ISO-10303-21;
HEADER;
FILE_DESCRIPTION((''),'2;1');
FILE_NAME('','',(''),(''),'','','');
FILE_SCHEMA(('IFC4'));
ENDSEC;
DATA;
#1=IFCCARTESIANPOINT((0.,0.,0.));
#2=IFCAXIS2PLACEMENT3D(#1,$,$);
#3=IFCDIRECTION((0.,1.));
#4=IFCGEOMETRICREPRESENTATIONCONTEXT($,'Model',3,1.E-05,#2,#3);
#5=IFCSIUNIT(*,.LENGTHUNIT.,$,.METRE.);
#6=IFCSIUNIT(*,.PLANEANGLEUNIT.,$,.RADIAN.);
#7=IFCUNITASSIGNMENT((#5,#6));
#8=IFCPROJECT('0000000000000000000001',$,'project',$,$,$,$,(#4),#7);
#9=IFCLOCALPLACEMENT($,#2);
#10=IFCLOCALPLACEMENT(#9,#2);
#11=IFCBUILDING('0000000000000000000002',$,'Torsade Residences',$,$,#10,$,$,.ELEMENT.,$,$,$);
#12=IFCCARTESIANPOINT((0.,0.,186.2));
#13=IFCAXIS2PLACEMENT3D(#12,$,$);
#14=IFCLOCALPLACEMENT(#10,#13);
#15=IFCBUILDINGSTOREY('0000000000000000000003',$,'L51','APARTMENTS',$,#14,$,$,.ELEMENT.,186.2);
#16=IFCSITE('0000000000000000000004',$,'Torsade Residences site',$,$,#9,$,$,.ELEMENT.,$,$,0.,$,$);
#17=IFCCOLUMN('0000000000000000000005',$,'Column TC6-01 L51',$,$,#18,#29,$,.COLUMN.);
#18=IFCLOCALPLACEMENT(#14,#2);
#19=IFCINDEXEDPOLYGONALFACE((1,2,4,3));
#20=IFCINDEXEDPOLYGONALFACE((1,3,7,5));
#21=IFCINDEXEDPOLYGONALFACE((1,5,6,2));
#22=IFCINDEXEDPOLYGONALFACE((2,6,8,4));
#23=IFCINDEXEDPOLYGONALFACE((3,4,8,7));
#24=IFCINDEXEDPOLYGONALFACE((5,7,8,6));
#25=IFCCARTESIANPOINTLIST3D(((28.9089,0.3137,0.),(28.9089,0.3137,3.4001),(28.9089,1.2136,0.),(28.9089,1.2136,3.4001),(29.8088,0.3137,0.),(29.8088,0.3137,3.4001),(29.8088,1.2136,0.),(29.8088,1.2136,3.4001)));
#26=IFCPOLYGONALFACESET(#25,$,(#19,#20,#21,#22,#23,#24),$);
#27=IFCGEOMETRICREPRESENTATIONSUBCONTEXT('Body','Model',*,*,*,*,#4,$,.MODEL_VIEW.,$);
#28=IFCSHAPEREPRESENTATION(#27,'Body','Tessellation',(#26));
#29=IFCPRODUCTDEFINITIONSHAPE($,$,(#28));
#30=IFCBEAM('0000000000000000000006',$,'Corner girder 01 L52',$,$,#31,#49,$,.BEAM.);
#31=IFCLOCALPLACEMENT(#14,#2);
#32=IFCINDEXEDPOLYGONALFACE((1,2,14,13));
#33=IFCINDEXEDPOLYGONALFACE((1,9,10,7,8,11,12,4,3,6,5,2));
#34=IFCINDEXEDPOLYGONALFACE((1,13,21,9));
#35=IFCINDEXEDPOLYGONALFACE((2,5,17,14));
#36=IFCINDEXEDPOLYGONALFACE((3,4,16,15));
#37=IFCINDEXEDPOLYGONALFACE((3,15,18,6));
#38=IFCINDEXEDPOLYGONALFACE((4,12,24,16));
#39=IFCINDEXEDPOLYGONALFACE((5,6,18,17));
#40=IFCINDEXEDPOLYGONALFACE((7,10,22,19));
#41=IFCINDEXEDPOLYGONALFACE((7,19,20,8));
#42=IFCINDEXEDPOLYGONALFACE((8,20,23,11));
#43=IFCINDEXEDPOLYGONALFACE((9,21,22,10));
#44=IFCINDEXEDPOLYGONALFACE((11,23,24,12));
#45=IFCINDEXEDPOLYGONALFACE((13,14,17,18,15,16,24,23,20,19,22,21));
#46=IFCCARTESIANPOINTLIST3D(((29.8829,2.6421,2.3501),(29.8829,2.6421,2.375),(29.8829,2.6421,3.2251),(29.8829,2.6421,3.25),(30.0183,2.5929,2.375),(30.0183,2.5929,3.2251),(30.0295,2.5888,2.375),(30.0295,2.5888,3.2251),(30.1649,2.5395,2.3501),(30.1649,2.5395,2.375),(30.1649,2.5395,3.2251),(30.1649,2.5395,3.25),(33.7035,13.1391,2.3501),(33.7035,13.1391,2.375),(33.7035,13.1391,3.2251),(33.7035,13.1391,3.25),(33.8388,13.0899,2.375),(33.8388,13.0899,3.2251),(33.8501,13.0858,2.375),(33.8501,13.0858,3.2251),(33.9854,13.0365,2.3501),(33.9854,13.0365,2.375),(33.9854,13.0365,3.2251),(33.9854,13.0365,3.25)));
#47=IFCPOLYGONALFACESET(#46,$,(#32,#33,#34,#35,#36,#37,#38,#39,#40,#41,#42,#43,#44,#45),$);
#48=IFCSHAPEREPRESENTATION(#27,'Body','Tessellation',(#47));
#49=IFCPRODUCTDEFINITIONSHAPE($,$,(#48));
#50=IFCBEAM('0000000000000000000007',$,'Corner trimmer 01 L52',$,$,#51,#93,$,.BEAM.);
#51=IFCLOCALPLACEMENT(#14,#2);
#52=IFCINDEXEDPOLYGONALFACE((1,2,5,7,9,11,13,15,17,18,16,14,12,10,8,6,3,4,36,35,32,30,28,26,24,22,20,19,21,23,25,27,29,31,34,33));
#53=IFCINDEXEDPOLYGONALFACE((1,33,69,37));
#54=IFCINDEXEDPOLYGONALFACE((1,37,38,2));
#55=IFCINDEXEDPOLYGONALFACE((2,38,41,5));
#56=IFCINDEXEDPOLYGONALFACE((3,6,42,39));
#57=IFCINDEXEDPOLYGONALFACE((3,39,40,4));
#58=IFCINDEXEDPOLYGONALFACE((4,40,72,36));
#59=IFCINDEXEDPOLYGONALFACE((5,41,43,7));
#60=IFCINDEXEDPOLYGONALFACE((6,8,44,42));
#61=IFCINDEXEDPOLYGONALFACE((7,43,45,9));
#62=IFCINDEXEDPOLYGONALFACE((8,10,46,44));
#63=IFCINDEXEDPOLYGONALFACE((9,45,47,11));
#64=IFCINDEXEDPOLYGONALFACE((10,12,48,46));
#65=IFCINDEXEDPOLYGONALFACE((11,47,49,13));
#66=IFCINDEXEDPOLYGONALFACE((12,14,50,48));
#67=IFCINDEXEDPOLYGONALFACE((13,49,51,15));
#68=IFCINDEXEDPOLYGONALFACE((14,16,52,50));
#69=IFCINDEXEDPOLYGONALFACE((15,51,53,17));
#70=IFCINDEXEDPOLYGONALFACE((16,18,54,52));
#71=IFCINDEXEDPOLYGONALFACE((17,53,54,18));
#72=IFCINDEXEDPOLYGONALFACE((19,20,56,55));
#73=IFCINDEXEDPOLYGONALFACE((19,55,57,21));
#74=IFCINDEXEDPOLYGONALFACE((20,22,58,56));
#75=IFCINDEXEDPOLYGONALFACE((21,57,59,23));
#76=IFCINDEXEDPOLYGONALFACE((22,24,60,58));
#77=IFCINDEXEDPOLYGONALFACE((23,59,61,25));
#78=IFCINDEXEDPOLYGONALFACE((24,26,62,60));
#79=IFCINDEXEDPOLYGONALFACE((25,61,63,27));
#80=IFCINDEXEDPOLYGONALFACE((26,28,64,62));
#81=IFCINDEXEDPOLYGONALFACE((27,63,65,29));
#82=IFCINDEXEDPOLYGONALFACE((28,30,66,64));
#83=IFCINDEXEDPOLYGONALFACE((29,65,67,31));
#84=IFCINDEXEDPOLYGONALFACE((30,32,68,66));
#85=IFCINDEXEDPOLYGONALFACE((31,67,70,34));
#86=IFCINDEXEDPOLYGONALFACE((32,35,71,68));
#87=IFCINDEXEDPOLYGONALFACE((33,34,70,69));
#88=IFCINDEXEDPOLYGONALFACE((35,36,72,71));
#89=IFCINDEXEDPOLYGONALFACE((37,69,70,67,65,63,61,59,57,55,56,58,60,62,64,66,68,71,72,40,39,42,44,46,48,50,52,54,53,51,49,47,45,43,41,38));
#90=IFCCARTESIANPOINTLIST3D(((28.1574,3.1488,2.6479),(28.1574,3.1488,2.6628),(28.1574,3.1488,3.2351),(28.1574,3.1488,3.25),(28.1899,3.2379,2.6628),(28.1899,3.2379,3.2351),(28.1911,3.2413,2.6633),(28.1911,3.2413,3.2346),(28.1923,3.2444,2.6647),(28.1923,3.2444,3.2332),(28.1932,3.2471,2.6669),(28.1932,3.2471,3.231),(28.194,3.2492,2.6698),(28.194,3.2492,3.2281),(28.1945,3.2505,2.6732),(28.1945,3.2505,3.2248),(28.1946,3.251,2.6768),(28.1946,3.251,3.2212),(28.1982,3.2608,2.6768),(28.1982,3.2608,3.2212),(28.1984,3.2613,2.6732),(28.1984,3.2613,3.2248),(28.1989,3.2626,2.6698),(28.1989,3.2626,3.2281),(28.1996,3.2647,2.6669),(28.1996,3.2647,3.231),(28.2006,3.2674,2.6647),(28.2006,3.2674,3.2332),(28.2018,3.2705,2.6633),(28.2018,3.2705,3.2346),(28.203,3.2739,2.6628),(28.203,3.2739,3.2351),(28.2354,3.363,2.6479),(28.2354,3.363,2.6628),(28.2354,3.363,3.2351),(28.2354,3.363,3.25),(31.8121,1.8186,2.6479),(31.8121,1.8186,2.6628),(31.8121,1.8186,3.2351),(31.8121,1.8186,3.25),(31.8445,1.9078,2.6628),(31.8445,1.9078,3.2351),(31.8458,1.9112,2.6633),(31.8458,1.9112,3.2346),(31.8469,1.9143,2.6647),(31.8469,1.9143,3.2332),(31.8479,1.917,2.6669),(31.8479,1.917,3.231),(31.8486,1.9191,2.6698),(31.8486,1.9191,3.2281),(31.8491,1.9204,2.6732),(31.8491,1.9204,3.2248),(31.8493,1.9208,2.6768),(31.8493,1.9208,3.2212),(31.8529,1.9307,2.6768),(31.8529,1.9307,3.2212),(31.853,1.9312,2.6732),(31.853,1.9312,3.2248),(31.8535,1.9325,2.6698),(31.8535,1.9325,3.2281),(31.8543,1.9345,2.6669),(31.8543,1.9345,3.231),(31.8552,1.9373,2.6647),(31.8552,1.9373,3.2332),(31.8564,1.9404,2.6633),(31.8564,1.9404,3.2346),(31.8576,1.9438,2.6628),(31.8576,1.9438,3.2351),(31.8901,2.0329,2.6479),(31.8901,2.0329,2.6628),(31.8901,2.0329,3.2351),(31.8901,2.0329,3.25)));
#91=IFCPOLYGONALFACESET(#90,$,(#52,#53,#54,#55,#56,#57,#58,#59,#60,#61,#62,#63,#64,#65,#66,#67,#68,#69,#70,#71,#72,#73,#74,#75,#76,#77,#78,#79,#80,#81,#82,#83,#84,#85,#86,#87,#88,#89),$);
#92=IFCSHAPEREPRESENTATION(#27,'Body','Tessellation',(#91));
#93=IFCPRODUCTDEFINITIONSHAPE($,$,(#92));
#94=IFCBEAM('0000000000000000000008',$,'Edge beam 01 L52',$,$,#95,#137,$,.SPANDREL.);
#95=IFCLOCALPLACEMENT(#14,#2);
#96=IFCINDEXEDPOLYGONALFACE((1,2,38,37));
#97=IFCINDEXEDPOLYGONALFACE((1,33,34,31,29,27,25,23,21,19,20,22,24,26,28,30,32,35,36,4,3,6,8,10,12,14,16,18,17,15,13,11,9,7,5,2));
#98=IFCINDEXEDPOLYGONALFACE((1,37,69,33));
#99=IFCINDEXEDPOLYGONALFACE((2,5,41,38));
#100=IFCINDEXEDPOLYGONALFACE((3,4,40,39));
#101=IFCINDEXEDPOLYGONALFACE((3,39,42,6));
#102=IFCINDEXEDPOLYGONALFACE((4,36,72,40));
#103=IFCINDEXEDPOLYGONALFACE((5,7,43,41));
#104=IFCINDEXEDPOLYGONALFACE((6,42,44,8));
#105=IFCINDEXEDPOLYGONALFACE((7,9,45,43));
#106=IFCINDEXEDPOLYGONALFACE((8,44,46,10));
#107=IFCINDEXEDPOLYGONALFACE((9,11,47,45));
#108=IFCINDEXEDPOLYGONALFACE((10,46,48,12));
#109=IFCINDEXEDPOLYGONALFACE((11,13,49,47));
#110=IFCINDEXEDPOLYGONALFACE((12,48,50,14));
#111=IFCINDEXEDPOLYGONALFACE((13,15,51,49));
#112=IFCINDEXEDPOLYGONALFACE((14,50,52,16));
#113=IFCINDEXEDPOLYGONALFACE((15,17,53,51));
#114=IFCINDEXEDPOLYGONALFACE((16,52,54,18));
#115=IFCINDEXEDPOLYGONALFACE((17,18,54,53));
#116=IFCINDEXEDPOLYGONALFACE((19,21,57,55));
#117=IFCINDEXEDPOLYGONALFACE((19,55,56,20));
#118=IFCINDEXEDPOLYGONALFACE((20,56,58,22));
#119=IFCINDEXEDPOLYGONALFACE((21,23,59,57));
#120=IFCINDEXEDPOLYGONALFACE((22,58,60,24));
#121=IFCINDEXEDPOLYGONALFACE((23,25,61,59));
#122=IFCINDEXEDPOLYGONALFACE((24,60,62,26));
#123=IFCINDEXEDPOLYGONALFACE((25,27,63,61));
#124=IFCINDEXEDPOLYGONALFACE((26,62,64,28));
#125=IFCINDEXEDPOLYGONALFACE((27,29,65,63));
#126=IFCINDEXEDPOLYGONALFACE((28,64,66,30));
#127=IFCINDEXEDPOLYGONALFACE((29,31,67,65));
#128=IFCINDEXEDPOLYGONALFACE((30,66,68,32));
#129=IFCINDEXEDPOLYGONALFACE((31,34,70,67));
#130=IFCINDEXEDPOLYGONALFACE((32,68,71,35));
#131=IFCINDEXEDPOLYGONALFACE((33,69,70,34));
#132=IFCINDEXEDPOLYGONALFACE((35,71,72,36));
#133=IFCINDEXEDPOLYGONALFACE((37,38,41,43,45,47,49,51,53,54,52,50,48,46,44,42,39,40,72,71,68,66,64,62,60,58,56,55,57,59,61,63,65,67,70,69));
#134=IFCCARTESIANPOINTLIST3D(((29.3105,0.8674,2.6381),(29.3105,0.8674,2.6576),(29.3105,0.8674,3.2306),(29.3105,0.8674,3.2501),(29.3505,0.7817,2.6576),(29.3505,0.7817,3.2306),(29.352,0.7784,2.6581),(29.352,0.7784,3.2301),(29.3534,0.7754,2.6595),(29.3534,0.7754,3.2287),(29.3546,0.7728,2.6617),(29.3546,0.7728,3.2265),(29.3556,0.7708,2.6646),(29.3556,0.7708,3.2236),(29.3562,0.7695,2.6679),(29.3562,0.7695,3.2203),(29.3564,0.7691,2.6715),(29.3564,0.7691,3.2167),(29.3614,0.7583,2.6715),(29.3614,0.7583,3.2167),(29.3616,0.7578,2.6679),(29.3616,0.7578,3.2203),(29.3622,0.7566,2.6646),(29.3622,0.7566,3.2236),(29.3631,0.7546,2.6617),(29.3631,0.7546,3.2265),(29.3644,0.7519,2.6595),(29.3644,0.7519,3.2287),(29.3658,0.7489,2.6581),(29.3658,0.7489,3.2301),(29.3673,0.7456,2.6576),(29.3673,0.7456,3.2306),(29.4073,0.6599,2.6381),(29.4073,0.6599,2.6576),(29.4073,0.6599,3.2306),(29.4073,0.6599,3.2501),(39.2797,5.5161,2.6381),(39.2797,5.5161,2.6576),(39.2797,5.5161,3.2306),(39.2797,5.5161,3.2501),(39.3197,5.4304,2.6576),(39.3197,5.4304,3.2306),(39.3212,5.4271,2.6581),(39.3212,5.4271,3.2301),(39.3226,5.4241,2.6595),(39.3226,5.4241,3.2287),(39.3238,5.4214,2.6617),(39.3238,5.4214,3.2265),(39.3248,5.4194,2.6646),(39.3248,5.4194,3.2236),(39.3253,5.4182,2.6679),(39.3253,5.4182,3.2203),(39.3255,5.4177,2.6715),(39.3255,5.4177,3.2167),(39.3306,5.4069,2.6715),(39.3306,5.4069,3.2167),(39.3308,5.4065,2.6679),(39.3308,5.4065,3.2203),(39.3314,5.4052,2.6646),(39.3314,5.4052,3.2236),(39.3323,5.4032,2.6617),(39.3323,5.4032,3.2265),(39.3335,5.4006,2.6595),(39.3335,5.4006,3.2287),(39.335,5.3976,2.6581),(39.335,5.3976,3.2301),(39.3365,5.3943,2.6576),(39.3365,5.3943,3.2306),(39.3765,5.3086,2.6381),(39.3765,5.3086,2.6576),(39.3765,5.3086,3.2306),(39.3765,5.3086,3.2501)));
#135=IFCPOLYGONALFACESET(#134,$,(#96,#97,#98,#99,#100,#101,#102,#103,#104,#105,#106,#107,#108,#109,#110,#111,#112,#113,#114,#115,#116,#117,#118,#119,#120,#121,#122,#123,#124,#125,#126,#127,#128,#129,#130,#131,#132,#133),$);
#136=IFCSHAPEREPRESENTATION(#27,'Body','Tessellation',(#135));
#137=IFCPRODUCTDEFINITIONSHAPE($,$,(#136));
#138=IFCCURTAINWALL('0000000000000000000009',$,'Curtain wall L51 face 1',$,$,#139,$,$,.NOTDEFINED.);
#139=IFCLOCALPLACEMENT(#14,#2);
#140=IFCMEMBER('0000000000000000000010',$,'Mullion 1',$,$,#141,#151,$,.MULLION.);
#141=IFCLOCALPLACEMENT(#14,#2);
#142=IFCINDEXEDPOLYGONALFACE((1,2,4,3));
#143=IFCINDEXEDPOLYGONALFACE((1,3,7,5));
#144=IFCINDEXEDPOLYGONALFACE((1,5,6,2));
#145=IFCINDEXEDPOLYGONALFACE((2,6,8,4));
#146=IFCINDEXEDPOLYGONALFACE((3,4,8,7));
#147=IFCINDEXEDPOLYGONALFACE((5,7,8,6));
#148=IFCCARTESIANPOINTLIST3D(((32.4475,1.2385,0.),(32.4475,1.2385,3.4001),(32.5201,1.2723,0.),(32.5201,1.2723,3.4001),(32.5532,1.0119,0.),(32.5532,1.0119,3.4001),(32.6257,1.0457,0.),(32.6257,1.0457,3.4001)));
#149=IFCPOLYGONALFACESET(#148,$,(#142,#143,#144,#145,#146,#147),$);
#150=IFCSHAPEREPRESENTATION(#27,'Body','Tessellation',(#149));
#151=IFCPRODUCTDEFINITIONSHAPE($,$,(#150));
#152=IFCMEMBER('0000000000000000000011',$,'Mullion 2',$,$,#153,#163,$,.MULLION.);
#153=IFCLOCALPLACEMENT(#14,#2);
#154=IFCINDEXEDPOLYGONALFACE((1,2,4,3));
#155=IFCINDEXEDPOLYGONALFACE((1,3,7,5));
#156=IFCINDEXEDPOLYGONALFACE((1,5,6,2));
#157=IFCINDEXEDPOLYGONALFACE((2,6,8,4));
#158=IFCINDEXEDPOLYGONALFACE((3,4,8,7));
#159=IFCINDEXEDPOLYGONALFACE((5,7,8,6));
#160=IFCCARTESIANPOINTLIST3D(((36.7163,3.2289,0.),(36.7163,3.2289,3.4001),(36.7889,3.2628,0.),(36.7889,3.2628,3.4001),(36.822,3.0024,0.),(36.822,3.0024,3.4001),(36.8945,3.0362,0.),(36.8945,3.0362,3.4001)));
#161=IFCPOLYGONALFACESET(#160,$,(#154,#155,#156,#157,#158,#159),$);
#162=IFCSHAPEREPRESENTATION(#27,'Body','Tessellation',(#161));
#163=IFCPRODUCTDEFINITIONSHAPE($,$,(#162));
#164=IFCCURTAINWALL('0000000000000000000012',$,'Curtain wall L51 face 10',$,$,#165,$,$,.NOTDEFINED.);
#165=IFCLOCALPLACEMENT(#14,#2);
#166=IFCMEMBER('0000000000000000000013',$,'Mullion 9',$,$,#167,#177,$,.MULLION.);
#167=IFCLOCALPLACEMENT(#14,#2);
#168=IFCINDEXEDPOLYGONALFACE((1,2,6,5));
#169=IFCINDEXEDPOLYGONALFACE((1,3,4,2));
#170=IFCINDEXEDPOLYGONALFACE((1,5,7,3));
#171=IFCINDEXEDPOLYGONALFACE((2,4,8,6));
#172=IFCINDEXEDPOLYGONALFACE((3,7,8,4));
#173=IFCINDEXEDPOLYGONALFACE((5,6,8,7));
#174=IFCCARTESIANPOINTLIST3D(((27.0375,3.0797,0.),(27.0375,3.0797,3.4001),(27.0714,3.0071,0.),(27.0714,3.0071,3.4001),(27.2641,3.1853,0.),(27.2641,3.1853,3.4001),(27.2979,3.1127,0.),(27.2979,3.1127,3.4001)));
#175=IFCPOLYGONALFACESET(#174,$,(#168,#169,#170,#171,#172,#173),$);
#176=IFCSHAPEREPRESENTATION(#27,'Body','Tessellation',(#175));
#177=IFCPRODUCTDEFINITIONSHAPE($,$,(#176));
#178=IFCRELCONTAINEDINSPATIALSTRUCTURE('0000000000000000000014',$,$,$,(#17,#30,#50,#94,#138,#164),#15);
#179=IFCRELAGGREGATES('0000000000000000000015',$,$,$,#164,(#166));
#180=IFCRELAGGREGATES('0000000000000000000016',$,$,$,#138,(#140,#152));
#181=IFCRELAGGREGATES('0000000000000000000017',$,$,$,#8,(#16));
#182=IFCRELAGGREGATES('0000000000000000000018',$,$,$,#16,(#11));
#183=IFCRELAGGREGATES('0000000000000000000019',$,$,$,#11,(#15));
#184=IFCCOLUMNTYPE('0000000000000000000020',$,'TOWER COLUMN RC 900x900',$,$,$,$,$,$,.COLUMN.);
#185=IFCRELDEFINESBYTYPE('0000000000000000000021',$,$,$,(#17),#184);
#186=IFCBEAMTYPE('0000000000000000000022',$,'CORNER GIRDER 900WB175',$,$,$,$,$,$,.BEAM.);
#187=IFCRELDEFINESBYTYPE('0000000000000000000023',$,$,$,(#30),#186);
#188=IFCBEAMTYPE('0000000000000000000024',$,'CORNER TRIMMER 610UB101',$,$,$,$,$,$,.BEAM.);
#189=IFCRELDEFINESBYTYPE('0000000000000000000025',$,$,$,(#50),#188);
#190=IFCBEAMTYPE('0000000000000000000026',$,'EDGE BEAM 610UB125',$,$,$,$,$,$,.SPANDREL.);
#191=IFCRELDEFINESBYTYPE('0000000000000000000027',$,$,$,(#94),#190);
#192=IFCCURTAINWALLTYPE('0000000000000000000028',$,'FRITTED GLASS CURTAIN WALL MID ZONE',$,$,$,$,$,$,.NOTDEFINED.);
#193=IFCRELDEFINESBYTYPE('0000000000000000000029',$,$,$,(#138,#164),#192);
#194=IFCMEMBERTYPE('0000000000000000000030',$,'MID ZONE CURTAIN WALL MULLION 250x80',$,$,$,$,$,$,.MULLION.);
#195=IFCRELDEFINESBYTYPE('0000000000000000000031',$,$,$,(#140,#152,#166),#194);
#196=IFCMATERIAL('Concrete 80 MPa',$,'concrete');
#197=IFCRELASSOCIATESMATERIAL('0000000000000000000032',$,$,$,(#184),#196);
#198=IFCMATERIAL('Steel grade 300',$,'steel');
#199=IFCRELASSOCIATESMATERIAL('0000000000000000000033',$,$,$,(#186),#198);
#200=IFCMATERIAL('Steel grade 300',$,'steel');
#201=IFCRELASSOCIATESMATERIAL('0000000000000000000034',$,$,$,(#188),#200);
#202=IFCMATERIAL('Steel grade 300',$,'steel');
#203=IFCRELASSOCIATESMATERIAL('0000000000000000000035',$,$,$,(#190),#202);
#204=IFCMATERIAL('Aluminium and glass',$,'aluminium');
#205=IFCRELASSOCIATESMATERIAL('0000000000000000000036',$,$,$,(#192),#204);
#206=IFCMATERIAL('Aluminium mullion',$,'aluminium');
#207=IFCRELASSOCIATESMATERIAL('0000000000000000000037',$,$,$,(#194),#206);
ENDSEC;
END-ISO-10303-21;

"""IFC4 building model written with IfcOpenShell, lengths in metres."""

from ifc_helpers import new_model, si_unit, direction, frame, origin, origin_2d, place, context, subcontext, project, spatial, rectangle, i_section, extrude, material, material_profile, profile_set, type_object, element, aggregate, save


model = new_model("IFC4")

# Units and contexts
model_context = context("Model", 3, precision=1e-05, world=origin(), true_north=direction((0.0, 1.0)))
body_context = subcontext(model_context, "Body", "Model", "MODEL_VIEW")
ifc_project = project(units=[si_unit("LENGTHUNIT", "METRE"), si_unit("PLANEANGLEUNIT", "RADIAN")], contexts=[model_context])

# Site, building, storey
site_placement = place(None, origin())
site = spatial("IfcSite", under=ifc_project, at=site_placement, Name="Torsade Residences site", CompositionType="ELEMENT", RefElevation=0.0)
building_placement = place(site_placement, origin())
building = spatial("IfcBuilding", under=site, at=building_placement, Name="Torsade Residences", CompositionType="ELEMENT")
storey_placement = place(building_placement, frame((0.0, 0.0, 186.2)))
storey = spatial("IfcBuildingStorey", under=building, at=storey_placement, Name="L51", Description="APARTMENTS", CompositionType="ELEMENT", Elevation=186.2)

# Column
ifc_material_1 = material(Name="Concrete 80 MPa", Category="concrete")
ifc_material_profile_1 = material_profile(ifc_material_1, rectangle(XDim=0.8999, YDim=0.8999, at=origin_2d()), Name="RC 900x900")
ifc_profile_set_1 = profile_set([ifc_material_profile_1], Name="Concrete 80 MPa")
column_type = type_object("IfcColumnType", Name="TOWER COLUMN RC 900x900", PredefinedType="COLUMN", material=ifc_profile_set_1)
column_placement = place(storey_placement, frame((29.3589, 0.7637, 0.0), z_axis=(0.0, 0.0, 1.0), x_axis=(1.0, 0.0, 0.0)))
element("IfcColumn", 1, at=column_placement, inside=storey, type_object=column_type, Name="Column TC6-01 L51", PredefinedType="COLUMN", context=body_context, shape_type="SweptSolid", body=[
    extrude(rectangle(XDim=0.8999, YDim=0.8999, at=origin_2d()), origin(), (0.0, 0.0, 1.0), 3.4001),
])

# Beams
ifc_material_2 = material(Name="Steel grade 300", Category="steel")
ifc_material_profile_2 = material_profile(ifc_material_2, i_section(OverallWidth=0.3, OverallDepth=0.8999, WebThickness=0.012, FlangeThickness=0.0249, at=origin_2d()), Name="900WB175")
ifc_profile_set_2 = profile_set([ifc_material_profile_2], Name="Steel grade 300")
beam_type_1 = type_object("IfcBeamType", Name="CORNER GIRDER 900WB175", PredefinedType="BEAM", material=ifc_profile_set_2)
beam_1_placement = place(storey_placement, frame((30.0239, 2.5908, 2.8), z_axis=(0.342015, 0.939694, 0.0), x_axis=(-0.939694, 0.342015, 0.0)))
element("IfcBeam", 2, at=beam_1_placement, inside=storey, type_object=beam_type_1, Name="Corner girder 01 L52", PredefinedType="BEAM", context=body_context, shape_type="SweptSolid", body=[
    extrude(i_section(OverallWidth=0.3, OverallDepth=0.8999, WebThickness=0.012, FlangeThickness=0.0249, at=origin_2d()), origin(), (0.0, 0.0, 1.0), 11.1707),
])
ifc_material_3 = material(Name="Steel grade 300", Category="steel")
ifc_material_profile_3 = material_profile(ifc_material_3, i_section(OverallWidth=0.228, OverallDepth=0.6021, WebThickness=0.0105, FlangeThickness=0.0149, FilletRadius=0.0139, at=origin_2d()), Name="610UB101")
ifc_profile_set_3 = profile_set([ifc_material_profile_3], Name="Steel grade 300")
beam_type_2 = type_object("IfcBeamType", Name="CORNER TRIMMER 610UB101", PredefinedType="BEAM", material=ifc_profile_set_3)
beam_2_placement = place(storey_placement, frame((31.8511, 1.9258, 2.949), z_axis=(-0.939698, 0.342005, 0.0), x_axis=(-0.342005, -0.939698, 0.0)))
element("IfcBeam", 3, at=beam_2_placement, inside=storey, type_object=beam_type_2, Name="Corner trimmer 01 L52", PredefinedType="BEAM", context=body_context, shape_type="SweptSolid", body=[
    extrude(i_section(OverallWidth=0.228, OverallDepth=0.6021, WebThickness=0.0105, FlangeThickness=0.0149, FilletRadius=0.0139, at=origin_2d()), origin(), (0.0, 0.0, 1.0), 3.8892),
])
ifc_material_4 = material(Name="Steel grade 300", Category="steel")
ifc_material_profile_4 = material_profile(ifc_material_4, i_section(OverallWidth=0.229, OverallDepth=0.6121, WebThickness=0.012, FlangeThickness=0.0195, FilletRadius=0.0139, at=origin_2d()), Name="610UB125")
ifc_profile_set_4 = profile_set([ifc_material_profile_4], Name="Steel grade 300")
beam_type_3 = type_object("IfcBeamType", Name="EDGE BEAM 610UB125", PredefinedType="SPANDREL", material=ifc_profile_set_4)
beam_3_placement = place(storey_placement, frame((29.3589, 0.7637, 2.9441), z_axis=(0.90631, 0.422614, 0.0), x_axis=(-0.422614, 0.90631, 0.0)))
element("IfcBeam", 4, at=beam_3_placement, inside=storey, type_object=beam_type_3, Name="Edge beam 01 L52", PredefinedType="SPANDREL", context=body_context, shape_type="SweptSolid", body=[
    extrude(i_section(OverallWidth=0.229, OverallDepth=0.6121, WebThickness=0.012, FlangeThickness=0.0195, FilletRadius=0.0139, at=origin_2d()), origin(), (0.0, 0.0, 1.0), 10.9998),
])

# Curtain wall, members
ifc_material_5 = material(Name="Aluminium and glass", Category="aluminium")
curtain_wall_type = type_object("IfcCurtainWallType", Name="FRITTED GLASS CURTAIN WALL MID ZONE", PredefinedType="NOTDEFINED", material=ifc_material_5)
curtain_wall_1_placement = place(storey_placement, origin())
curtain_wall_1 = element("IfcCurtainWall", 5, at=curtain_wall_1_placement, inside=storey, type_object=curtain_wall_type, Name="Curtain wall L51 face 1", PredefinedType="NOTDEFINED")
ifc_material_6 = material(Name="Aluminium mullion", Category="aluminium")
ifc_material_profile_5 = material_profile(ifc_material_6, rectangle(XDim=0.25, YDim=0.0801, at=origin_2d()), Name="MID ZONE CURTAIN WALL MULLION 250x80")
ifc_profile_set_5 = profile_set([ifc_material_profile_5], Name="Aluminium mullion")
member_type_1 = type_object("IfcMemberType", Name="MID ZONE CURTAIN WALL MULLION 250x80", PredefinedType="MULLION", material=ifc_profile_set_5)
member_1_placement = place(storey_placement, frame((32.5366, 1.1421, 0.0), z_axis=(0.0, 0.0, 1.0), x_axis=(-0.422618, 0.906308, 0.0)))
member_1 = element("IfcMember", 6, at=member_1_placement, type_object=member_type_1, Name="Mullion 1", PredefinedType="MULLION", context=body_context, shape_type="SweptSolid", body=[
    extrude(rectangle(XDim=0.25, YDim=0.0801, at=origin_2d()), origin(), (0.0, 0.0, 1.0), 3.4001),
])
member_2_placement = place(storey_placement, frame((36.8054, 3.1326, 0.0), z_axis=(0.0, 0.0, 1.0), x_axis=(-0.422618, 0.906308, 0.0)))
member_2 = element("IfcMember", 7, at=member_2_placement, type_object=member_type_1, Name="Mullion 2", PredefinedType="MULLION", context=body_context, shape_type="SweptSolid", body=[
    extrude(rectangle(XDim=0.25, YDim=0.0801, at=origin_2d()), origin(), (0.0, 0.0, 1.0), 3.4001),
])

# Curtain wall, member
curtain_wall_2_placement = place(storey_placement, origin())
curtain_wall_2 = element("IfcCurtainWall", 8, at=curtain_wall_2_placement, inside=storey, type_object=curtain_wall_type, Name="Curtain wall L51 face 10", PredefinedType="NOTDEFINED")
member_3_placement = place(storey_placement, frame((27.1677, 3.0962, 0.0), z_axis=(0.0, 0.0, 1.0), x_axis=(0.906308, 0.422618, 0.0)))
member_3 = element("IfcMember", 9, at=member_3_placement, type_object=member_type_1, Name="Mullion 9", PredefinedType="MULLION", context=body_context, shape_type="SweptSolid", body=[
    extrude(rectangle(XDim=0.25, YDim=0.0801, at=origin_2d()), origin(), (0.0, 0.0, 1.0), 3.4001),
])
aggregate(curtain_wall_2, [member_3])

aggregate(curtain_wall_1, [member_1, member_2])

save(model, "model.ifc")
